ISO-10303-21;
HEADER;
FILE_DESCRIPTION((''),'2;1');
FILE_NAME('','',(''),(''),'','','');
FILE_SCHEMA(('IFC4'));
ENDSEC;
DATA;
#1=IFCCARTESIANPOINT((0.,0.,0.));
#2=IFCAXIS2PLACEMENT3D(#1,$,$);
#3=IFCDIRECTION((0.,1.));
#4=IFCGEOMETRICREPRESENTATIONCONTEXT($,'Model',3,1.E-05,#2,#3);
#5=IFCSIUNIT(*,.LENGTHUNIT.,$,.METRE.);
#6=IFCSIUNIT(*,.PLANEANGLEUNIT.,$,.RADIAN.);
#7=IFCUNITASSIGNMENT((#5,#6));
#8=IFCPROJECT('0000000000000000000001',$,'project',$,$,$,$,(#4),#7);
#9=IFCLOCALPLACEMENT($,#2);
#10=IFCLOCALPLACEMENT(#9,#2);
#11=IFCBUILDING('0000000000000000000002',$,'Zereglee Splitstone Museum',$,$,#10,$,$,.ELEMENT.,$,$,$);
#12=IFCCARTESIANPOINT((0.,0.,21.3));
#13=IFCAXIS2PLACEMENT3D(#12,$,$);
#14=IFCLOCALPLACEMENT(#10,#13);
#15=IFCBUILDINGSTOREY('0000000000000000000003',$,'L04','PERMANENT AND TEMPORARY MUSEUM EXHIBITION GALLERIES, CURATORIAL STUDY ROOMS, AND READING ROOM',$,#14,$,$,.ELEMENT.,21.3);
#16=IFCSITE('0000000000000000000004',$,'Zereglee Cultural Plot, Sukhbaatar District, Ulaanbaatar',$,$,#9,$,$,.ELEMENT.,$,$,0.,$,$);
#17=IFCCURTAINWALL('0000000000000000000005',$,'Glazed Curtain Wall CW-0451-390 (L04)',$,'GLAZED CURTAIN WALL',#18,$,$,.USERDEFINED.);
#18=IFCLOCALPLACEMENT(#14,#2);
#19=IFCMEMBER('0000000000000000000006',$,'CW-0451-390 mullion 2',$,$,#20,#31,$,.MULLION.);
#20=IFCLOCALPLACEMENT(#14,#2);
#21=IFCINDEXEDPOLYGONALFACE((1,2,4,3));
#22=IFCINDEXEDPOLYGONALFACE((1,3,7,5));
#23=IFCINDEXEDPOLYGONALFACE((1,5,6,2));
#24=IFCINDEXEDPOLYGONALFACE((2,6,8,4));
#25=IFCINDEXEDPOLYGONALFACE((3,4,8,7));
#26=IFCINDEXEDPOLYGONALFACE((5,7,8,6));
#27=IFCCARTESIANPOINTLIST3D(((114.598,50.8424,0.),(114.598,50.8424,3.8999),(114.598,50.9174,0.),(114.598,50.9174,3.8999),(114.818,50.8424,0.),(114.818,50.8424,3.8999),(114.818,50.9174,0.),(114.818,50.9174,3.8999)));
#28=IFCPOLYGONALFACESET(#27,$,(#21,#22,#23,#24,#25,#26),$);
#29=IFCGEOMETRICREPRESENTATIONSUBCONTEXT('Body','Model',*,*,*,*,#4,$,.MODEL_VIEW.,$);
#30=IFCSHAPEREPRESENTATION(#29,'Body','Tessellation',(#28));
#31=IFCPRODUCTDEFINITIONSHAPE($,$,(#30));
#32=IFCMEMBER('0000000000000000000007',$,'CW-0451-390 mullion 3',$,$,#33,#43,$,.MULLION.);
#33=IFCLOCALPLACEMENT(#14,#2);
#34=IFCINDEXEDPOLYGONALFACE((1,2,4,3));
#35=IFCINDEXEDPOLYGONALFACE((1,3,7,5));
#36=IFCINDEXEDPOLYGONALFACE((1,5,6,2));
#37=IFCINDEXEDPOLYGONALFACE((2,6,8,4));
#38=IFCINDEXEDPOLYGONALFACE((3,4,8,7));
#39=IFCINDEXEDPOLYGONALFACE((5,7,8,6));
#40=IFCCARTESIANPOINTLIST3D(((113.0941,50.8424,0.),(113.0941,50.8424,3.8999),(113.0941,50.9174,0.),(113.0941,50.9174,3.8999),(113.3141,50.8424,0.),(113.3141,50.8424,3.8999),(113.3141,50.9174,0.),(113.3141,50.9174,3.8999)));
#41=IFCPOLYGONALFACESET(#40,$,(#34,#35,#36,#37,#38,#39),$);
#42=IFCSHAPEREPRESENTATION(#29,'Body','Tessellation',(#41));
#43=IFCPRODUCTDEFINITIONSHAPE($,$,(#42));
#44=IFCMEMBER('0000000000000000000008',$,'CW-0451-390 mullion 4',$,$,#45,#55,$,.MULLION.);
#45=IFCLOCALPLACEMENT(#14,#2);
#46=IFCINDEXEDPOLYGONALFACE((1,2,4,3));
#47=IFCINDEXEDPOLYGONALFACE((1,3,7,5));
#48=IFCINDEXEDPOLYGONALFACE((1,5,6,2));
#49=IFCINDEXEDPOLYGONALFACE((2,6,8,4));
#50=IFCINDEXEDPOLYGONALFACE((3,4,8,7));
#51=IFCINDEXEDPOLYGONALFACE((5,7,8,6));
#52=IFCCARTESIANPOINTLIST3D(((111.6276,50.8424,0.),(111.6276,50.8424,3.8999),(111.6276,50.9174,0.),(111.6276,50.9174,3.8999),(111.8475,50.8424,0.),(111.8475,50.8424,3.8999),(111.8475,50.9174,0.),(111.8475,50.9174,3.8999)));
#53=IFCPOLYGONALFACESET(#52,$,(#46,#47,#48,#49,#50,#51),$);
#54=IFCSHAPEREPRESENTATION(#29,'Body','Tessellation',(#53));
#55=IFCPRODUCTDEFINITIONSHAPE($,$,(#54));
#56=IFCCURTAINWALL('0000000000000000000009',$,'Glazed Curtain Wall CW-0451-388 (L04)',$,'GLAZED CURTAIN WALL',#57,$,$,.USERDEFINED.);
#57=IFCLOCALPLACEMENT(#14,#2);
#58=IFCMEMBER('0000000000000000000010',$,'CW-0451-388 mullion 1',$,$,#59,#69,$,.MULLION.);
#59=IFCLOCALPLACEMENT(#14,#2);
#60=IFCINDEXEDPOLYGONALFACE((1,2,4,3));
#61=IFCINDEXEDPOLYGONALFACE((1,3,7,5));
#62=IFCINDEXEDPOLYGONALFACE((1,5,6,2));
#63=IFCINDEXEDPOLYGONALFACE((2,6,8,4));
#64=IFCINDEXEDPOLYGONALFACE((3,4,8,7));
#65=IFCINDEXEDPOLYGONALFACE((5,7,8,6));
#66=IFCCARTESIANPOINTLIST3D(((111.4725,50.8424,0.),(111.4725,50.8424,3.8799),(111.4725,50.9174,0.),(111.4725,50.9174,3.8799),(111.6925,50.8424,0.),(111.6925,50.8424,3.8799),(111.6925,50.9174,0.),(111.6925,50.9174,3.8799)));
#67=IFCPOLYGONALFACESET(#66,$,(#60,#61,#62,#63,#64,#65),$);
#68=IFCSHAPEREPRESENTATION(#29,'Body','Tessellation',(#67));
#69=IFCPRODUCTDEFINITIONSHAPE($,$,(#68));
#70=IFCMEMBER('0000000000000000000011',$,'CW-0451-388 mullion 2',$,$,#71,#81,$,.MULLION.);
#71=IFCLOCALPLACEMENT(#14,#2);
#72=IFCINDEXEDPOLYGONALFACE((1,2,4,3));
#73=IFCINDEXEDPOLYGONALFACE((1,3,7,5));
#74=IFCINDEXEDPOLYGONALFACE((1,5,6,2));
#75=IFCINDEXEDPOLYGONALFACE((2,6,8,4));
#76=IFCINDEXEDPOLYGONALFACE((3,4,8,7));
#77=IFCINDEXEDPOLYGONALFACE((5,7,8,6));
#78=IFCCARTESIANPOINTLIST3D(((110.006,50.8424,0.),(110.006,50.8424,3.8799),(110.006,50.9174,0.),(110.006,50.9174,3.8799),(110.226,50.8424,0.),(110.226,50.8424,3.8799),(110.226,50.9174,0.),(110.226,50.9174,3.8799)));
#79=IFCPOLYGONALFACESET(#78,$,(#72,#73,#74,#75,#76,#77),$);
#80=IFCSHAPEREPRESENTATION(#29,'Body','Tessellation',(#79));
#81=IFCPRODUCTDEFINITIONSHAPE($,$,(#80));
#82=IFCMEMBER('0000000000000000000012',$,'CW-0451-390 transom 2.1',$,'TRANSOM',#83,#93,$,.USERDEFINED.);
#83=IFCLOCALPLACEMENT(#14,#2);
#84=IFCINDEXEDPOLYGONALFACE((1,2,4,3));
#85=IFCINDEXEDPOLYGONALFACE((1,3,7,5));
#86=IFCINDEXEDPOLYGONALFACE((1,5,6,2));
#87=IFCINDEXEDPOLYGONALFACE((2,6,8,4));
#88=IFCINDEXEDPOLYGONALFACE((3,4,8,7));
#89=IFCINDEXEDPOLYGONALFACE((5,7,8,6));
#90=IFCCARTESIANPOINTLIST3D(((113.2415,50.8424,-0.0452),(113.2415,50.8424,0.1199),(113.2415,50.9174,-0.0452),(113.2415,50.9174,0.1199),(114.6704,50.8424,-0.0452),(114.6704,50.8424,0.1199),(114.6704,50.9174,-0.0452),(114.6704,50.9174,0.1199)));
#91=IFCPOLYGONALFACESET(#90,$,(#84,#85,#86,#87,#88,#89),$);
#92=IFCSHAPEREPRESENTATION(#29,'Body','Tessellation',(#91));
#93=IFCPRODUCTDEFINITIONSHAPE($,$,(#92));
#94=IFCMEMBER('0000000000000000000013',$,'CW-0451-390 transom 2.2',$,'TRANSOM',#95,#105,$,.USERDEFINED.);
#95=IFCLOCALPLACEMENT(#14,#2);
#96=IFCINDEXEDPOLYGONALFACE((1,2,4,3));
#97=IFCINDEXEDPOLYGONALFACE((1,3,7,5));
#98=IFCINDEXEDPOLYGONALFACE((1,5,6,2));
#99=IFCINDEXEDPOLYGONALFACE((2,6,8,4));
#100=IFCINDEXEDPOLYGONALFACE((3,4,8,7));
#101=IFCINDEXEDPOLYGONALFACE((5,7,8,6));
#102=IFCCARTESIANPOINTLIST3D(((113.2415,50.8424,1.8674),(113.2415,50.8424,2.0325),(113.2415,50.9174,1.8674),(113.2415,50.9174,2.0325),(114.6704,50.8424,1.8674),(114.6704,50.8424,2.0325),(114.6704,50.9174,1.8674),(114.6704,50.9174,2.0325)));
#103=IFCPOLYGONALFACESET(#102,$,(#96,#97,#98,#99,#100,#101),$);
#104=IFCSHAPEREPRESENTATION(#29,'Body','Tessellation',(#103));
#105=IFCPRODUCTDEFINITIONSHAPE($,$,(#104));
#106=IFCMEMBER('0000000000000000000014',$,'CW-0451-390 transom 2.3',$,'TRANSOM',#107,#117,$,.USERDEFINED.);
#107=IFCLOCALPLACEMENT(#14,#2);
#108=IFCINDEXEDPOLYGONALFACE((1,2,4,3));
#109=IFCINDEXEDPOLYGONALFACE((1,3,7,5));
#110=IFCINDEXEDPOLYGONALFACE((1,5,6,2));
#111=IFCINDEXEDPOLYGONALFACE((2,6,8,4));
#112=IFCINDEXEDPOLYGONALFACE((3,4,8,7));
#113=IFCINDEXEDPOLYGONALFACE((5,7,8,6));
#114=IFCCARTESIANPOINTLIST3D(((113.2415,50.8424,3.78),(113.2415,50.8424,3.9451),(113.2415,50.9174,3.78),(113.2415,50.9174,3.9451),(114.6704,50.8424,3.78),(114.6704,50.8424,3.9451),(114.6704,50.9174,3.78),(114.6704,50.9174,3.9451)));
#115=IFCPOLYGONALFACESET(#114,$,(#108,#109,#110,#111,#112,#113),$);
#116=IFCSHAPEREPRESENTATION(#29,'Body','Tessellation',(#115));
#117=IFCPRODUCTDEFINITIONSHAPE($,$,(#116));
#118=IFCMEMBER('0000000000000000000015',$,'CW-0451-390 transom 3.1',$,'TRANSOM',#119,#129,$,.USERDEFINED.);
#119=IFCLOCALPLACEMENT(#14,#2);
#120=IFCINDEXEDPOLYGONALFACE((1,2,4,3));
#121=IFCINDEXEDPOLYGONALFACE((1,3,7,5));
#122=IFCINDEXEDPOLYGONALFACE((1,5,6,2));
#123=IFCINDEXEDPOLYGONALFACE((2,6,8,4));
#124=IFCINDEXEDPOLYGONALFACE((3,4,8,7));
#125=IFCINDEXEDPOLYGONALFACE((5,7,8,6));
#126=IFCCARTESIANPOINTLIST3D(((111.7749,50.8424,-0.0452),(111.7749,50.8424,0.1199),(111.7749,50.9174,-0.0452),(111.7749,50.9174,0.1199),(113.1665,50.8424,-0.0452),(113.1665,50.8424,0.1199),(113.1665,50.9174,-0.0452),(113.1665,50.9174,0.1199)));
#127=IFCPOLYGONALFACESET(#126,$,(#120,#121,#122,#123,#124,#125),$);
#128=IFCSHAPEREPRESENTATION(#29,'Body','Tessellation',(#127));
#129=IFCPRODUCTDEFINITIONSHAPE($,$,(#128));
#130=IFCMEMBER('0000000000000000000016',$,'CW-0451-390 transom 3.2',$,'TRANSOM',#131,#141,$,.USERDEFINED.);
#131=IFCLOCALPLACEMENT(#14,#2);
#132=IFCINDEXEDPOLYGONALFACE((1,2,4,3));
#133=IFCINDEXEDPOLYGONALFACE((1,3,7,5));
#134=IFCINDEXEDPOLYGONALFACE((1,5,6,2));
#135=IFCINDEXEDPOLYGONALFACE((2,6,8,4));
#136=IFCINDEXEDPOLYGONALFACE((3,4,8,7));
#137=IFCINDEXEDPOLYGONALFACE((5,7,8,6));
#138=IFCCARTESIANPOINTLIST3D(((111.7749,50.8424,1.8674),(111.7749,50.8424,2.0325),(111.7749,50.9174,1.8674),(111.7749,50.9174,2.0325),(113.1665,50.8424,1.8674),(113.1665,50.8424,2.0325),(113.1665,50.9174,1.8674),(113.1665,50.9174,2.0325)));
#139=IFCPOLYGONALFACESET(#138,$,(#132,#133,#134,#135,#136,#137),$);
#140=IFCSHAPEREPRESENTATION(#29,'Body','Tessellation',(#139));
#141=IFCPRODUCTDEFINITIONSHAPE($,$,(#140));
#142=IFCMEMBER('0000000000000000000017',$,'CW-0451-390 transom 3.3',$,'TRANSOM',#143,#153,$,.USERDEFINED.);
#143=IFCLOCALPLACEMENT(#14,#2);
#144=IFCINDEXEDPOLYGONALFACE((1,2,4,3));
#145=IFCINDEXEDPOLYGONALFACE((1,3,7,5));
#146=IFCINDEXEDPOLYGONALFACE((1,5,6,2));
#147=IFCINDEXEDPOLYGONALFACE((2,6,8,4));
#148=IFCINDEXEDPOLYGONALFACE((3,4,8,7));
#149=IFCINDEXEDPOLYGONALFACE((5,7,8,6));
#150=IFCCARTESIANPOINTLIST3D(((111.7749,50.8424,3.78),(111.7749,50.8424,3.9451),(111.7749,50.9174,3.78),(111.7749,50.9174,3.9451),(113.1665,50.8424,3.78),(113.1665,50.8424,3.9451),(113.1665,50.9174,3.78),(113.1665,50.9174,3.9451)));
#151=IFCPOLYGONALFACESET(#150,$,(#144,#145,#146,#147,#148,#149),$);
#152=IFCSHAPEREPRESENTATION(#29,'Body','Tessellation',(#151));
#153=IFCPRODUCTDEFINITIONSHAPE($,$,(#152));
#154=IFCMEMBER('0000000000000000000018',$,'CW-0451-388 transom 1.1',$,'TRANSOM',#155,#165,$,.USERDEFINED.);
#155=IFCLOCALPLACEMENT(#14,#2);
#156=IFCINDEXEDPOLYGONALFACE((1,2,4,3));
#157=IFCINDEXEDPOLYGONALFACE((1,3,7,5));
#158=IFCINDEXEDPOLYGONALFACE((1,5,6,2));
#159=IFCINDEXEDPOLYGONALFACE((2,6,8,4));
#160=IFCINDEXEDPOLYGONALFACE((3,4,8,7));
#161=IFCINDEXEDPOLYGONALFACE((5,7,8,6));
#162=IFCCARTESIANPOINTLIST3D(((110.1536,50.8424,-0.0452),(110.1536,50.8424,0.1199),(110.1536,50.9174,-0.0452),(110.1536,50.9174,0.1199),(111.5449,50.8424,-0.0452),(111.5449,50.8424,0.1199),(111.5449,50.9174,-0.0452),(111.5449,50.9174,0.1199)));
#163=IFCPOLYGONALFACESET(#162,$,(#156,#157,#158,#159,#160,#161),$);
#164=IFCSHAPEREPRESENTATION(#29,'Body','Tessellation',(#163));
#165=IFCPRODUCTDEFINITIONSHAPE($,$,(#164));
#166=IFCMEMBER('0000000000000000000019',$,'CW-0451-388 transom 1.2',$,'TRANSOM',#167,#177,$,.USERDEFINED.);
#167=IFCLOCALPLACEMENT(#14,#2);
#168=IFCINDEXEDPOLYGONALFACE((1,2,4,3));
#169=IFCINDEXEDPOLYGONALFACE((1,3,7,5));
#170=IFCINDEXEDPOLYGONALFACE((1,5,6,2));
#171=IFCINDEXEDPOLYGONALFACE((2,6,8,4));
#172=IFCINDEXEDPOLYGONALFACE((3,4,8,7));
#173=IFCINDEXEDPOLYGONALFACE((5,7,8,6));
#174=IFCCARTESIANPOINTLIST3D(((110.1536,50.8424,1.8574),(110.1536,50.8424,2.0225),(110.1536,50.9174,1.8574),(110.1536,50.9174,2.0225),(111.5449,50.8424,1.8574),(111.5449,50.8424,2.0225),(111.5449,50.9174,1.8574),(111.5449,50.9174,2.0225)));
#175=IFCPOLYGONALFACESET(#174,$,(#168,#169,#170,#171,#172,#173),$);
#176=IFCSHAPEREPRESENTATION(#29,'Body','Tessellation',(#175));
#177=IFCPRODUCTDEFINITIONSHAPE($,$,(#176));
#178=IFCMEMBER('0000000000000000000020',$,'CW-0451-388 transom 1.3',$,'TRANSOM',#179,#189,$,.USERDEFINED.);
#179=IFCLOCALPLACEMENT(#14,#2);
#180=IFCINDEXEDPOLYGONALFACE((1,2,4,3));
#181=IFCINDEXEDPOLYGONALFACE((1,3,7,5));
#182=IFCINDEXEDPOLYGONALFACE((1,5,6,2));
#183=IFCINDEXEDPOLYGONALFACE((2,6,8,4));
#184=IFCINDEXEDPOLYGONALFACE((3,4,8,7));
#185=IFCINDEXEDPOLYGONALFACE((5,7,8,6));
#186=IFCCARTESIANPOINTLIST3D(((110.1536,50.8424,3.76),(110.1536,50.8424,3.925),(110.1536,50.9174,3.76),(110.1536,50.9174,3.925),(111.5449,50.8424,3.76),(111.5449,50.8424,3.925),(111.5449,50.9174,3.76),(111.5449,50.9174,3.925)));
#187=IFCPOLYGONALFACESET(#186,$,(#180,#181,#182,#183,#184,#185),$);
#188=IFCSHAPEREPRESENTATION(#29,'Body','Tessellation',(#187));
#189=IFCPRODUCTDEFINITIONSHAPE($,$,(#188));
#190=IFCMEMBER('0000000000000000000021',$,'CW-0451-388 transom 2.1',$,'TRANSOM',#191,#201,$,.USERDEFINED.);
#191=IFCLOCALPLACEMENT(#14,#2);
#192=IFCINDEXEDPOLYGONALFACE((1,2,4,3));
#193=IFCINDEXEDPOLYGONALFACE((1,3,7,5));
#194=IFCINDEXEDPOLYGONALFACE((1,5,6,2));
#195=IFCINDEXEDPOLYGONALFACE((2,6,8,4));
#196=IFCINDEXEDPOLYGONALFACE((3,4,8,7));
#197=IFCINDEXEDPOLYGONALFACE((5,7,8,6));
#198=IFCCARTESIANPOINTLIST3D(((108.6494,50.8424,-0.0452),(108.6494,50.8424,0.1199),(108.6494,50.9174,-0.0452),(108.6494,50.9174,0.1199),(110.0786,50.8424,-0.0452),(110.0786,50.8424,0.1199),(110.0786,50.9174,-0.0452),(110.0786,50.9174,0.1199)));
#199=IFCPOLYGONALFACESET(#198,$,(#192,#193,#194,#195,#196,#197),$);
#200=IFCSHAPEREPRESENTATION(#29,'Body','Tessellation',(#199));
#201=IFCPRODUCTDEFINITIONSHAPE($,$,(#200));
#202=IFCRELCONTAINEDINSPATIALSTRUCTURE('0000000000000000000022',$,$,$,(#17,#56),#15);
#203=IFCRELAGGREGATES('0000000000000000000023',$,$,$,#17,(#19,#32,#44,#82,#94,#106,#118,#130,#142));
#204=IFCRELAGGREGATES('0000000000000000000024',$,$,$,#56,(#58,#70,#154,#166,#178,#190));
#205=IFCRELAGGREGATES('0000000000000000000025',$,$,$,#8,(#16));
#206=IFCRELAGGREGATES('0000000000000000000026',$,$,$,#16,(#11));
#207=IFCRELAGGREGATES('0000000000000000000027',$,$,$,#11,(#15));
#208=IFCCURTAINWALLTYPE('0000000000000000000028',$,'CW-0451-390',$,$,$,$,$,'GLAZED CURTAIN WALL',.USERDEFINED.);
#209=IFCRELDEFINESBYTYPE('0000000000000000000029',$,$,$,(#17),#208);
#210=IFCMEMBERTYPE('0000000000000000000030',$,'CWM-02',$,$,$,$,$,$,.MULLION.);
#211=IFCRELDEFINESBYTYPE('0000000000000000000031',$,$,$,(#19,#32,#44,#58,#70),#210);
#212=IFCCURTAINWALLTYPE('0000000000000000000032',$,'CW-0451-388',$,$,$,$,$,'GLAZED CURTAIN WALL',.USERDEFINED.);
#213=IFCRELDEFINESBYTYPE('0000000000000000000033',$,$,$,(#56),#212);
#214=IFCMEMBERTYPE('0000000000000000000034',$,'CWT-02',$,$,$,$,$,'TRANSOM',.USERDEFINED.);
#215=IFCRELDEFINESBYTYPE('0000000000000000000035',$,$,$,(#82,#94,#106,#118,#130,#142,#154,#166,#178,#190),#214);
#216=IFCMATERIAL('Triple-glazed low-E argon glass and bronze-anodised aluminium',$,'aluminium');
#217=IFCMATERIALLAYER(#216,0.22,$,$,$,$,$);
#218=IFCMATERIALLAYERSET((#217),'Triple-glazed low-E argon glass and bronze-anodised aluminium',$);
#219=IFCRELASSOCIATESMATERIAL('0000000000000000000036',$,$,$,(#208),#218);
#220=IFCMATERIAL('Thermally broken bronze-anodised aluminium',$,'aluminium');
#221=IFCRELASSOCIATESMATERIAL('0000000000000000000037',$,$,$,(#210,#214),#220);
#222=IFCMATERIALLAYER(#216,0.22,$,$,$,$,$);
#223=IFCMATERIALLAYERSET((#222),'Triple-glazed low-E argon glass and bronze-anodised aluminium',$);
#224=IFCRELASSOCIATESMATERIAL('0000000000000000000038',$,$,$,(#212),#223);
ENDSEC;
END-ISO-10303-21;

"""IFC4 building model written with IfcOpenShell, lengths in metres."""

from ifc_helpers import new_model, si_unit, direction, frame, origin, origin_2d, place, context, subcontext, project, spatial, rectangle, extrude, material, layer, layer_set, material_profile, profile_set, type_object, element, aggregate, save


model = new_model("IFC4")

# Units and contexts
model_context = context("Model", 3, precision=1e-05, world=origin(), true_north=direction((0.0, 1.0)))
body_context = subcontext(model_context, "Body", "Model", "MODEL_VIEW")
ifc_project = project(units=[si_unit("LENGTHUNIT", "METRE"), si_unit("PLANEANGLEUNIT", "RADIAN")], contexts=[model_context])

# Site, building, storey
site_placement = place(None, origin())
site = spatial("IfcSite", under=ifc_project, at=site_placement, Name="Zereglee Cultural Plot, Sukhbaatar District, Ulaanbaatar", CompositionType="ELEMENT", RefElevation=0.0)
building_placement = place(site_placement, origin())
building = spatial("IfcBuilding", under=site, at=building_placement, Name="Zereglee Splitstone Museum", CompositionType="ELEMENT")
storey_placement = place(building_placement, frame((0.0, 0.0, 21.3)))
storey = spatial("IfcBuildingStorey", under=building, at=storey_placement, Name="L04", Description="PERMANENT AND TEMPORARY MUSEUM EXHIBITION GALLERIES, CURATORIAL STUDY ROOMS, AND READING ROOM", CompositionType="ELEMENT", Elevation=21.3)

# Curtain walls, members
ifc_material_1 = material(Name="Triple-glazed low-E argon glass and bronze-anodised aluminium", Category="aluminium")
ifc_layer_1 = layer(ifc_material_1, 0.22)
ifc_layer_set_1 = layer_set([ifc_layer_1], Name="Triple-glazed low-E argon glass and bronze-anodised aluminium")
curtain_wall_type_1 = type_object("IfcCurtainWallType", Name="CW-0451-390", ElementType="GLAZED CURTAIN WALL", PredefinedType="USERDEFINED", material=ifc_layer_set_1)
curtain_wall_1_placement = place(storey_placement, origin())
curtain_wall_1 = element("IfcCurtainWall", 1, at=curtain_wall_1_placement, inside=storey, type_object=curtain_wall_type_1, Name="Glazed Curtain Wall CW-0451-390 (L04)", ObjectType="GLAZED CURTAIN WALL", PredefinedType="USERDEFINED")
ifc_material_2 = material(Name="Thermally broken bronze-anodised aluminium", Category="aluminium")
ifc_material_profile_1 = material_profile(ifc_material_2, rectangle(XDim=0.075, YDim=0.22, at=origin_2d()), Name="CW MULL 75x220")
ifc_profile_set_1 = profile_set([ifc_material_profile_1], Name="Thermally broken bronze-anodised aluminium")
member_type_1 = type_object("IfcMemberType", Name="CWM-02", PredefinedType="MULLION", material=ifc_profile_set_1)
member_1_placement = place(storey_placement, frame((114.708, 50.8799, 0.0), z_axis=(0.0, 0.0, 1.0), x_axis=(0.0, -1.0, 0.0)))
member_1 = element("IfcMember", 2, at=member_1_placement, type_object=member_type_1, Name="CW-0451-390 mullion 2", PredefinedType="MULLION", context=body_context, shape_type="SweptSolid", body=[
    extrude(rectangle(XDim=0.075, YDim=0.22, at=origin_2d()), origin(), (0.0, 0.0, 1.0), 3.8999),
])
member_2_placement = place(storey_placement, frame((113.2041, 50.8799, 0.0), z_axis=(0.0, 0.0, 1.0), x_axis=(0.0, -1.0, 0.0)))
member_2 = element("IfcMember", 3, at=member_2_placement, type_object=member_type_1, Name="CW-0451-390 mullion 3", PredefinedType="MULLION", context=body_context, shape_type="SweptSolid", body=[
    extrude(rectangle(XDim=0.075, YDim=0.22, at=origin_2d()), origin(), (0.0, 0.0, 1.0), 3.8999),
])
member_3_placement = place(storey_placement, frame((111.7375, 50.8799, 0.0), z_axis=(0.0, 0.0, 1.0), x_axis=(0.0, -1.0, 0.0)))
member_3 = element("IfcMember", 4, at=member_3_placement, type_object=member_type_1, Name="CW-0451-390 mullion 4", PredefinedType="MULLION", context=body_context, shape_type="SweptSolid", body=[
    extrude(rectangle(XDim=0.075, YDim=0.22, at=origin_2d()), origin(), (0.0, 0.0, 1.0), 3.8999),
])
ifc_layer_2 = layer(ifc_material_1, 0.22)
ifc_layer_set_2 = layer_set([ifc_layer_2], Name="Triple-glazed low-E argon glass and bronze-anodised aluminium")
curtain_wall_type_2 = type_object("IfcCurtainWallType", Name="CW-0451-388", ElementType="GLAZED CURTAIN WALL", PredefinedType="USERDEFINED", material=ifc_layer_set_2)
curtain_wall_2_placement = place(storey_placement, origin())
curtain_wall_2 = element("IfcCurtainWall", 5, at=curtain_wall_2_placement, inside=storey, type_object=curtain_wall_type_2, Name="Glazed Curtain Wall CW-0451-388 (L04)", ObjectType="GLAZED CURTAIN WALL", PredefinedType="USERDEFINED")
member_4_placement = place(storey_placement, frame((111.5825, 50.8799, 0.0), z_axis=(0.0, 0.0, 1.0), x_axis=(0.0, -1.0, 0.0)))
member_4 = element("IfcMember", 6, at=member_4_placement, type_object=member_type_1, Name="CW-0451-388 mullion 1", PredefinedType="MULLION", context=body_context, shape_type="SweptSolid", body=[
    extrude(rectangle(XDim=0.075, YDim=0.22, at=origin_2d()), origin(), (0.0, 0.0, 1.0), 3.8799),
])
member_5_placement = place(storey_placement, frame((110.116, 50.8799, 0.0), z_axis=(0.0, 0.0, 1.0), x_axis=(0.0, -1.0, 0.0)))
member_5 = element("IfcMember", 7, at=member_5_placement, type_object=member_type_1, Name="CW-0451-388 mullion 2", PredefinedType="MULLION", context=body_context, shape_type="SweptSolid", body=[
    extrude(rectangle(XDim=0.075, YDim=0.22, at=origin_2d()), origin(), (0.0, 0.0, 1.0), 3.8799),
])

# Members
ifc_material_profile_2 = material_profile(ifc_material_2, rectangle(XDim=0.075, YDim=0.165, at=origin_2d()), Name="CW TRAN 75x165")
ifc_profile_set_2 = profile_set([ifc_material_profile_2], Name="Thermally broken bronze-anodised aluminium")
member_type_2 = type_object("IfcMemberType", Name="CWT-02", ElementType="TRANSOM", PredefinedType="USERDEFINED", material=ifc_profile_set_2)
member_6_placement = place(storey_placement, frame((114.6704, 50.8799, 0.0374), z_axis=(-1.0, 0.0, 0.0), x_axis=(0.0, -1.0, 0.0)))
member_6 = element("IfcMember", 8, at=member_6_placement, type_object=member_type_2, Name="CW-0451-390 transom 2.1", ObjectType="TRANSOM", PredefinedType="USERDEFINED", context=body_context, shape_type="SweptSolid", body=[
    extrude(rectangle(XDim=0.075, YDim=0.165, at=origin_2d()), origin(), (0.0, 0.0, 1.0), 1.429),
])
member_7_placement = place(storey_placement, frame((114.6704, 50.8799, 1.95), z_axis=(-1.0, 0.0, 0.0), x_axis=(0.0, -1.0, 0.0)))
member_7 = element("IfcMember", 9, at=member_7_placement, type_object=member_type_2, Name="CW-0451-390 transom 2.2", ObjectType="TRANSOM", PredefinedType="USERDEFINED", context=body_context, shape_type="SweptSolid", body=[
    extrude(rectangle(XDim=0.075, YDim=0.165, at=origin_2d()), origin(), (0.0, 0.0, 1.0), 1.429),
])
member_8_placement = place(storey_placement, frame((114.6704, 50.8799, 3.8625), z_axis=(-1.0, 0.0, 0.0), x_axis=(0.0, -1.0, 0.0)))
member_8 = element("IfcMember", 10, at=member_8_placement, type_object=member_type_2, Name="CW-0451-390 transom 2.3", ObjectType="TRANSOM", PredefinedType="USERDEFINED", context=body_context, shape_type="SweptSolid", body=[
    extrude(rectangle(XDim=0.075, YDim=0.165, at=origin_2d()), origin(), (0.0, 0.0, 1.0), 1.429),
])
member_9_placement = place(storey_placement, frame((113.1665, 50.8799, 0.0374), z_axis=(-1.0, 0.0, 0.0), x_axis=(0.0, -1.0, 0.0)))
member_9 = element("IfcMember", 11, at=member_9_placement, type_object=member_type_2, Name="CW-0451-390 transom 3.1", ObjectType="TRANSOM", PredefinedType="USERDEFINED", context=body_context, shape_type="SweptSolid", body=[
    extrude(rectangle(XDim=0.075, YDim=0.165, at=origin_2d()), origin(), (0.0, 0.0, 1.0), 1.3916),
])
member_10_placement = place(storey_placement, frame((113.1665, 50.8799, 1.95), z_axis=(-1.0, 0.0, 0.0), x_axis=(0.0, -1.0, 0.0)))
member_10 = element("IfcMember", 12, at=member_10_placement, type_object=member_type_2, Name="CW-0451-390 transom 3.2", ObjectType="TRANSOM", PredefinedType="USERDEFINED", context=body_context, shape_type="SweptSolid", body=[
    extrude(rectangle(XDim=0.075, YDim=0.165, at=origin_2d()), origin(), (0.0, 0.0, 1.0), 1.3916),
])
member_11_placement = place(storey_placement, frame((113.1665, 50.8799, 3.8625), z_axis=(-1.0, 0.0, 0.0), x_axis=(0.0, -1.0, 0.0)))
member_11 = element("IfcMember", 13, at=member_11_placement, type_object=member_type_2, Name="CW-0451-390 transom 3.3", ObjectType="TRANSOM", PredefinedType="USERDEFINED", context=body_context, shape_type="SweptSolid", body=[
    extrude(rectangle(XDim=0.075, YDim=0.165, at=origin_2d()), origin(), (0.0, 0.0, 1.0), 1.3916),
])
member_12_placement = place(storey_placement, frame((111.5449, 50.8799, 0.0374), z_axis=(-1.0, 0.0, 0.0), x_axis=(0.0, -1.0, 0.0)))
member_12 = element("IfcMember", 14, at=member_12_placement, type_object=member_type_2, Name="CW-0451-388 transom 1.1", ObjectType="TRANSOM", PredefinedType="USERDEFINED", context=body_context, shape_type="SweptSolid", body=[
    extrude(rectangle(XDim=0.075, YDim=0.165, at=origin_2d()), origin(), (0.0, 0.0, 1.0), 1.3914),
])
member_13_placement = place(storey_placement, frame((111.5449, 50.8799, 1.9399), z_axis=(-1.0, 0.0, 0.0), x_axis=(0.0, -1.0, 0.0)))
member_13 = element("IfcMember", 15, at=member_13_placement, type_object=member_type_2, Name="CW-0451-388 transom 1.2", ObjectType="TRANSOM", PredefinedType="USERDEFINED", context=body_context, shape_type="SweptSolid", body=[
    extrude(rectangle(XDim=0.075, YDim=0.165, at=origin_2d()), origin(), (0.0, 0.0, 1.0), 1.3914),
])
member_14_placement = place(storey_placement, frame((111.5449, 50.8799, 3.8425), z_axis=(-1.0, 0.0, 0.0), x_axis=(0.0, -1.0, 0.0)))
member_14 = element("IfcMember", 16, at=member_14_placement, type_object=member_type_2, Name="CW-0451-388 transom 1.3", ObjectType="TRANSOM", PredefinedType="USERDEFINED", context=body_context, shape_type="SweptSolid", body=[
    extrude(rectangle(XDim=0.075, YDim=0.165, at=origin_2d()), origin(), (0.0, 0.0, 1.0), 1.3914),
])
member_15_placement = place(storey_placement, frame((110.0786, 50.8799, 0.0374), z_axis=(-1.0, 0.0, 0.0), x_axis=(0.0, -1.0, 0.0)))
member_15 = element("IfcMember", 17, at=member_15_placement, type_object=member_type_2, Name="CW-0451-388 transom 2.1", ObjectType="TRANSOM", PredefinedType="USERDEFINED", context=body_context, shape_type="SweptSolid", body=[
    extrude(rectangle(XDim=0.075, YDim=0.165, at=origin_2d()), origin(), (0.0, 0.0, 1.0), 1.4292),
])

aggregate(curtain_wall_1, [member_1, member_2, member_3, member_6, member_7, member_8, member_9, member_10, member_11])
aggregate(curtain_wall_2, [member_4, member_5, member_12, member_13, member_14, member_15])

save(model, "model.ifc")
